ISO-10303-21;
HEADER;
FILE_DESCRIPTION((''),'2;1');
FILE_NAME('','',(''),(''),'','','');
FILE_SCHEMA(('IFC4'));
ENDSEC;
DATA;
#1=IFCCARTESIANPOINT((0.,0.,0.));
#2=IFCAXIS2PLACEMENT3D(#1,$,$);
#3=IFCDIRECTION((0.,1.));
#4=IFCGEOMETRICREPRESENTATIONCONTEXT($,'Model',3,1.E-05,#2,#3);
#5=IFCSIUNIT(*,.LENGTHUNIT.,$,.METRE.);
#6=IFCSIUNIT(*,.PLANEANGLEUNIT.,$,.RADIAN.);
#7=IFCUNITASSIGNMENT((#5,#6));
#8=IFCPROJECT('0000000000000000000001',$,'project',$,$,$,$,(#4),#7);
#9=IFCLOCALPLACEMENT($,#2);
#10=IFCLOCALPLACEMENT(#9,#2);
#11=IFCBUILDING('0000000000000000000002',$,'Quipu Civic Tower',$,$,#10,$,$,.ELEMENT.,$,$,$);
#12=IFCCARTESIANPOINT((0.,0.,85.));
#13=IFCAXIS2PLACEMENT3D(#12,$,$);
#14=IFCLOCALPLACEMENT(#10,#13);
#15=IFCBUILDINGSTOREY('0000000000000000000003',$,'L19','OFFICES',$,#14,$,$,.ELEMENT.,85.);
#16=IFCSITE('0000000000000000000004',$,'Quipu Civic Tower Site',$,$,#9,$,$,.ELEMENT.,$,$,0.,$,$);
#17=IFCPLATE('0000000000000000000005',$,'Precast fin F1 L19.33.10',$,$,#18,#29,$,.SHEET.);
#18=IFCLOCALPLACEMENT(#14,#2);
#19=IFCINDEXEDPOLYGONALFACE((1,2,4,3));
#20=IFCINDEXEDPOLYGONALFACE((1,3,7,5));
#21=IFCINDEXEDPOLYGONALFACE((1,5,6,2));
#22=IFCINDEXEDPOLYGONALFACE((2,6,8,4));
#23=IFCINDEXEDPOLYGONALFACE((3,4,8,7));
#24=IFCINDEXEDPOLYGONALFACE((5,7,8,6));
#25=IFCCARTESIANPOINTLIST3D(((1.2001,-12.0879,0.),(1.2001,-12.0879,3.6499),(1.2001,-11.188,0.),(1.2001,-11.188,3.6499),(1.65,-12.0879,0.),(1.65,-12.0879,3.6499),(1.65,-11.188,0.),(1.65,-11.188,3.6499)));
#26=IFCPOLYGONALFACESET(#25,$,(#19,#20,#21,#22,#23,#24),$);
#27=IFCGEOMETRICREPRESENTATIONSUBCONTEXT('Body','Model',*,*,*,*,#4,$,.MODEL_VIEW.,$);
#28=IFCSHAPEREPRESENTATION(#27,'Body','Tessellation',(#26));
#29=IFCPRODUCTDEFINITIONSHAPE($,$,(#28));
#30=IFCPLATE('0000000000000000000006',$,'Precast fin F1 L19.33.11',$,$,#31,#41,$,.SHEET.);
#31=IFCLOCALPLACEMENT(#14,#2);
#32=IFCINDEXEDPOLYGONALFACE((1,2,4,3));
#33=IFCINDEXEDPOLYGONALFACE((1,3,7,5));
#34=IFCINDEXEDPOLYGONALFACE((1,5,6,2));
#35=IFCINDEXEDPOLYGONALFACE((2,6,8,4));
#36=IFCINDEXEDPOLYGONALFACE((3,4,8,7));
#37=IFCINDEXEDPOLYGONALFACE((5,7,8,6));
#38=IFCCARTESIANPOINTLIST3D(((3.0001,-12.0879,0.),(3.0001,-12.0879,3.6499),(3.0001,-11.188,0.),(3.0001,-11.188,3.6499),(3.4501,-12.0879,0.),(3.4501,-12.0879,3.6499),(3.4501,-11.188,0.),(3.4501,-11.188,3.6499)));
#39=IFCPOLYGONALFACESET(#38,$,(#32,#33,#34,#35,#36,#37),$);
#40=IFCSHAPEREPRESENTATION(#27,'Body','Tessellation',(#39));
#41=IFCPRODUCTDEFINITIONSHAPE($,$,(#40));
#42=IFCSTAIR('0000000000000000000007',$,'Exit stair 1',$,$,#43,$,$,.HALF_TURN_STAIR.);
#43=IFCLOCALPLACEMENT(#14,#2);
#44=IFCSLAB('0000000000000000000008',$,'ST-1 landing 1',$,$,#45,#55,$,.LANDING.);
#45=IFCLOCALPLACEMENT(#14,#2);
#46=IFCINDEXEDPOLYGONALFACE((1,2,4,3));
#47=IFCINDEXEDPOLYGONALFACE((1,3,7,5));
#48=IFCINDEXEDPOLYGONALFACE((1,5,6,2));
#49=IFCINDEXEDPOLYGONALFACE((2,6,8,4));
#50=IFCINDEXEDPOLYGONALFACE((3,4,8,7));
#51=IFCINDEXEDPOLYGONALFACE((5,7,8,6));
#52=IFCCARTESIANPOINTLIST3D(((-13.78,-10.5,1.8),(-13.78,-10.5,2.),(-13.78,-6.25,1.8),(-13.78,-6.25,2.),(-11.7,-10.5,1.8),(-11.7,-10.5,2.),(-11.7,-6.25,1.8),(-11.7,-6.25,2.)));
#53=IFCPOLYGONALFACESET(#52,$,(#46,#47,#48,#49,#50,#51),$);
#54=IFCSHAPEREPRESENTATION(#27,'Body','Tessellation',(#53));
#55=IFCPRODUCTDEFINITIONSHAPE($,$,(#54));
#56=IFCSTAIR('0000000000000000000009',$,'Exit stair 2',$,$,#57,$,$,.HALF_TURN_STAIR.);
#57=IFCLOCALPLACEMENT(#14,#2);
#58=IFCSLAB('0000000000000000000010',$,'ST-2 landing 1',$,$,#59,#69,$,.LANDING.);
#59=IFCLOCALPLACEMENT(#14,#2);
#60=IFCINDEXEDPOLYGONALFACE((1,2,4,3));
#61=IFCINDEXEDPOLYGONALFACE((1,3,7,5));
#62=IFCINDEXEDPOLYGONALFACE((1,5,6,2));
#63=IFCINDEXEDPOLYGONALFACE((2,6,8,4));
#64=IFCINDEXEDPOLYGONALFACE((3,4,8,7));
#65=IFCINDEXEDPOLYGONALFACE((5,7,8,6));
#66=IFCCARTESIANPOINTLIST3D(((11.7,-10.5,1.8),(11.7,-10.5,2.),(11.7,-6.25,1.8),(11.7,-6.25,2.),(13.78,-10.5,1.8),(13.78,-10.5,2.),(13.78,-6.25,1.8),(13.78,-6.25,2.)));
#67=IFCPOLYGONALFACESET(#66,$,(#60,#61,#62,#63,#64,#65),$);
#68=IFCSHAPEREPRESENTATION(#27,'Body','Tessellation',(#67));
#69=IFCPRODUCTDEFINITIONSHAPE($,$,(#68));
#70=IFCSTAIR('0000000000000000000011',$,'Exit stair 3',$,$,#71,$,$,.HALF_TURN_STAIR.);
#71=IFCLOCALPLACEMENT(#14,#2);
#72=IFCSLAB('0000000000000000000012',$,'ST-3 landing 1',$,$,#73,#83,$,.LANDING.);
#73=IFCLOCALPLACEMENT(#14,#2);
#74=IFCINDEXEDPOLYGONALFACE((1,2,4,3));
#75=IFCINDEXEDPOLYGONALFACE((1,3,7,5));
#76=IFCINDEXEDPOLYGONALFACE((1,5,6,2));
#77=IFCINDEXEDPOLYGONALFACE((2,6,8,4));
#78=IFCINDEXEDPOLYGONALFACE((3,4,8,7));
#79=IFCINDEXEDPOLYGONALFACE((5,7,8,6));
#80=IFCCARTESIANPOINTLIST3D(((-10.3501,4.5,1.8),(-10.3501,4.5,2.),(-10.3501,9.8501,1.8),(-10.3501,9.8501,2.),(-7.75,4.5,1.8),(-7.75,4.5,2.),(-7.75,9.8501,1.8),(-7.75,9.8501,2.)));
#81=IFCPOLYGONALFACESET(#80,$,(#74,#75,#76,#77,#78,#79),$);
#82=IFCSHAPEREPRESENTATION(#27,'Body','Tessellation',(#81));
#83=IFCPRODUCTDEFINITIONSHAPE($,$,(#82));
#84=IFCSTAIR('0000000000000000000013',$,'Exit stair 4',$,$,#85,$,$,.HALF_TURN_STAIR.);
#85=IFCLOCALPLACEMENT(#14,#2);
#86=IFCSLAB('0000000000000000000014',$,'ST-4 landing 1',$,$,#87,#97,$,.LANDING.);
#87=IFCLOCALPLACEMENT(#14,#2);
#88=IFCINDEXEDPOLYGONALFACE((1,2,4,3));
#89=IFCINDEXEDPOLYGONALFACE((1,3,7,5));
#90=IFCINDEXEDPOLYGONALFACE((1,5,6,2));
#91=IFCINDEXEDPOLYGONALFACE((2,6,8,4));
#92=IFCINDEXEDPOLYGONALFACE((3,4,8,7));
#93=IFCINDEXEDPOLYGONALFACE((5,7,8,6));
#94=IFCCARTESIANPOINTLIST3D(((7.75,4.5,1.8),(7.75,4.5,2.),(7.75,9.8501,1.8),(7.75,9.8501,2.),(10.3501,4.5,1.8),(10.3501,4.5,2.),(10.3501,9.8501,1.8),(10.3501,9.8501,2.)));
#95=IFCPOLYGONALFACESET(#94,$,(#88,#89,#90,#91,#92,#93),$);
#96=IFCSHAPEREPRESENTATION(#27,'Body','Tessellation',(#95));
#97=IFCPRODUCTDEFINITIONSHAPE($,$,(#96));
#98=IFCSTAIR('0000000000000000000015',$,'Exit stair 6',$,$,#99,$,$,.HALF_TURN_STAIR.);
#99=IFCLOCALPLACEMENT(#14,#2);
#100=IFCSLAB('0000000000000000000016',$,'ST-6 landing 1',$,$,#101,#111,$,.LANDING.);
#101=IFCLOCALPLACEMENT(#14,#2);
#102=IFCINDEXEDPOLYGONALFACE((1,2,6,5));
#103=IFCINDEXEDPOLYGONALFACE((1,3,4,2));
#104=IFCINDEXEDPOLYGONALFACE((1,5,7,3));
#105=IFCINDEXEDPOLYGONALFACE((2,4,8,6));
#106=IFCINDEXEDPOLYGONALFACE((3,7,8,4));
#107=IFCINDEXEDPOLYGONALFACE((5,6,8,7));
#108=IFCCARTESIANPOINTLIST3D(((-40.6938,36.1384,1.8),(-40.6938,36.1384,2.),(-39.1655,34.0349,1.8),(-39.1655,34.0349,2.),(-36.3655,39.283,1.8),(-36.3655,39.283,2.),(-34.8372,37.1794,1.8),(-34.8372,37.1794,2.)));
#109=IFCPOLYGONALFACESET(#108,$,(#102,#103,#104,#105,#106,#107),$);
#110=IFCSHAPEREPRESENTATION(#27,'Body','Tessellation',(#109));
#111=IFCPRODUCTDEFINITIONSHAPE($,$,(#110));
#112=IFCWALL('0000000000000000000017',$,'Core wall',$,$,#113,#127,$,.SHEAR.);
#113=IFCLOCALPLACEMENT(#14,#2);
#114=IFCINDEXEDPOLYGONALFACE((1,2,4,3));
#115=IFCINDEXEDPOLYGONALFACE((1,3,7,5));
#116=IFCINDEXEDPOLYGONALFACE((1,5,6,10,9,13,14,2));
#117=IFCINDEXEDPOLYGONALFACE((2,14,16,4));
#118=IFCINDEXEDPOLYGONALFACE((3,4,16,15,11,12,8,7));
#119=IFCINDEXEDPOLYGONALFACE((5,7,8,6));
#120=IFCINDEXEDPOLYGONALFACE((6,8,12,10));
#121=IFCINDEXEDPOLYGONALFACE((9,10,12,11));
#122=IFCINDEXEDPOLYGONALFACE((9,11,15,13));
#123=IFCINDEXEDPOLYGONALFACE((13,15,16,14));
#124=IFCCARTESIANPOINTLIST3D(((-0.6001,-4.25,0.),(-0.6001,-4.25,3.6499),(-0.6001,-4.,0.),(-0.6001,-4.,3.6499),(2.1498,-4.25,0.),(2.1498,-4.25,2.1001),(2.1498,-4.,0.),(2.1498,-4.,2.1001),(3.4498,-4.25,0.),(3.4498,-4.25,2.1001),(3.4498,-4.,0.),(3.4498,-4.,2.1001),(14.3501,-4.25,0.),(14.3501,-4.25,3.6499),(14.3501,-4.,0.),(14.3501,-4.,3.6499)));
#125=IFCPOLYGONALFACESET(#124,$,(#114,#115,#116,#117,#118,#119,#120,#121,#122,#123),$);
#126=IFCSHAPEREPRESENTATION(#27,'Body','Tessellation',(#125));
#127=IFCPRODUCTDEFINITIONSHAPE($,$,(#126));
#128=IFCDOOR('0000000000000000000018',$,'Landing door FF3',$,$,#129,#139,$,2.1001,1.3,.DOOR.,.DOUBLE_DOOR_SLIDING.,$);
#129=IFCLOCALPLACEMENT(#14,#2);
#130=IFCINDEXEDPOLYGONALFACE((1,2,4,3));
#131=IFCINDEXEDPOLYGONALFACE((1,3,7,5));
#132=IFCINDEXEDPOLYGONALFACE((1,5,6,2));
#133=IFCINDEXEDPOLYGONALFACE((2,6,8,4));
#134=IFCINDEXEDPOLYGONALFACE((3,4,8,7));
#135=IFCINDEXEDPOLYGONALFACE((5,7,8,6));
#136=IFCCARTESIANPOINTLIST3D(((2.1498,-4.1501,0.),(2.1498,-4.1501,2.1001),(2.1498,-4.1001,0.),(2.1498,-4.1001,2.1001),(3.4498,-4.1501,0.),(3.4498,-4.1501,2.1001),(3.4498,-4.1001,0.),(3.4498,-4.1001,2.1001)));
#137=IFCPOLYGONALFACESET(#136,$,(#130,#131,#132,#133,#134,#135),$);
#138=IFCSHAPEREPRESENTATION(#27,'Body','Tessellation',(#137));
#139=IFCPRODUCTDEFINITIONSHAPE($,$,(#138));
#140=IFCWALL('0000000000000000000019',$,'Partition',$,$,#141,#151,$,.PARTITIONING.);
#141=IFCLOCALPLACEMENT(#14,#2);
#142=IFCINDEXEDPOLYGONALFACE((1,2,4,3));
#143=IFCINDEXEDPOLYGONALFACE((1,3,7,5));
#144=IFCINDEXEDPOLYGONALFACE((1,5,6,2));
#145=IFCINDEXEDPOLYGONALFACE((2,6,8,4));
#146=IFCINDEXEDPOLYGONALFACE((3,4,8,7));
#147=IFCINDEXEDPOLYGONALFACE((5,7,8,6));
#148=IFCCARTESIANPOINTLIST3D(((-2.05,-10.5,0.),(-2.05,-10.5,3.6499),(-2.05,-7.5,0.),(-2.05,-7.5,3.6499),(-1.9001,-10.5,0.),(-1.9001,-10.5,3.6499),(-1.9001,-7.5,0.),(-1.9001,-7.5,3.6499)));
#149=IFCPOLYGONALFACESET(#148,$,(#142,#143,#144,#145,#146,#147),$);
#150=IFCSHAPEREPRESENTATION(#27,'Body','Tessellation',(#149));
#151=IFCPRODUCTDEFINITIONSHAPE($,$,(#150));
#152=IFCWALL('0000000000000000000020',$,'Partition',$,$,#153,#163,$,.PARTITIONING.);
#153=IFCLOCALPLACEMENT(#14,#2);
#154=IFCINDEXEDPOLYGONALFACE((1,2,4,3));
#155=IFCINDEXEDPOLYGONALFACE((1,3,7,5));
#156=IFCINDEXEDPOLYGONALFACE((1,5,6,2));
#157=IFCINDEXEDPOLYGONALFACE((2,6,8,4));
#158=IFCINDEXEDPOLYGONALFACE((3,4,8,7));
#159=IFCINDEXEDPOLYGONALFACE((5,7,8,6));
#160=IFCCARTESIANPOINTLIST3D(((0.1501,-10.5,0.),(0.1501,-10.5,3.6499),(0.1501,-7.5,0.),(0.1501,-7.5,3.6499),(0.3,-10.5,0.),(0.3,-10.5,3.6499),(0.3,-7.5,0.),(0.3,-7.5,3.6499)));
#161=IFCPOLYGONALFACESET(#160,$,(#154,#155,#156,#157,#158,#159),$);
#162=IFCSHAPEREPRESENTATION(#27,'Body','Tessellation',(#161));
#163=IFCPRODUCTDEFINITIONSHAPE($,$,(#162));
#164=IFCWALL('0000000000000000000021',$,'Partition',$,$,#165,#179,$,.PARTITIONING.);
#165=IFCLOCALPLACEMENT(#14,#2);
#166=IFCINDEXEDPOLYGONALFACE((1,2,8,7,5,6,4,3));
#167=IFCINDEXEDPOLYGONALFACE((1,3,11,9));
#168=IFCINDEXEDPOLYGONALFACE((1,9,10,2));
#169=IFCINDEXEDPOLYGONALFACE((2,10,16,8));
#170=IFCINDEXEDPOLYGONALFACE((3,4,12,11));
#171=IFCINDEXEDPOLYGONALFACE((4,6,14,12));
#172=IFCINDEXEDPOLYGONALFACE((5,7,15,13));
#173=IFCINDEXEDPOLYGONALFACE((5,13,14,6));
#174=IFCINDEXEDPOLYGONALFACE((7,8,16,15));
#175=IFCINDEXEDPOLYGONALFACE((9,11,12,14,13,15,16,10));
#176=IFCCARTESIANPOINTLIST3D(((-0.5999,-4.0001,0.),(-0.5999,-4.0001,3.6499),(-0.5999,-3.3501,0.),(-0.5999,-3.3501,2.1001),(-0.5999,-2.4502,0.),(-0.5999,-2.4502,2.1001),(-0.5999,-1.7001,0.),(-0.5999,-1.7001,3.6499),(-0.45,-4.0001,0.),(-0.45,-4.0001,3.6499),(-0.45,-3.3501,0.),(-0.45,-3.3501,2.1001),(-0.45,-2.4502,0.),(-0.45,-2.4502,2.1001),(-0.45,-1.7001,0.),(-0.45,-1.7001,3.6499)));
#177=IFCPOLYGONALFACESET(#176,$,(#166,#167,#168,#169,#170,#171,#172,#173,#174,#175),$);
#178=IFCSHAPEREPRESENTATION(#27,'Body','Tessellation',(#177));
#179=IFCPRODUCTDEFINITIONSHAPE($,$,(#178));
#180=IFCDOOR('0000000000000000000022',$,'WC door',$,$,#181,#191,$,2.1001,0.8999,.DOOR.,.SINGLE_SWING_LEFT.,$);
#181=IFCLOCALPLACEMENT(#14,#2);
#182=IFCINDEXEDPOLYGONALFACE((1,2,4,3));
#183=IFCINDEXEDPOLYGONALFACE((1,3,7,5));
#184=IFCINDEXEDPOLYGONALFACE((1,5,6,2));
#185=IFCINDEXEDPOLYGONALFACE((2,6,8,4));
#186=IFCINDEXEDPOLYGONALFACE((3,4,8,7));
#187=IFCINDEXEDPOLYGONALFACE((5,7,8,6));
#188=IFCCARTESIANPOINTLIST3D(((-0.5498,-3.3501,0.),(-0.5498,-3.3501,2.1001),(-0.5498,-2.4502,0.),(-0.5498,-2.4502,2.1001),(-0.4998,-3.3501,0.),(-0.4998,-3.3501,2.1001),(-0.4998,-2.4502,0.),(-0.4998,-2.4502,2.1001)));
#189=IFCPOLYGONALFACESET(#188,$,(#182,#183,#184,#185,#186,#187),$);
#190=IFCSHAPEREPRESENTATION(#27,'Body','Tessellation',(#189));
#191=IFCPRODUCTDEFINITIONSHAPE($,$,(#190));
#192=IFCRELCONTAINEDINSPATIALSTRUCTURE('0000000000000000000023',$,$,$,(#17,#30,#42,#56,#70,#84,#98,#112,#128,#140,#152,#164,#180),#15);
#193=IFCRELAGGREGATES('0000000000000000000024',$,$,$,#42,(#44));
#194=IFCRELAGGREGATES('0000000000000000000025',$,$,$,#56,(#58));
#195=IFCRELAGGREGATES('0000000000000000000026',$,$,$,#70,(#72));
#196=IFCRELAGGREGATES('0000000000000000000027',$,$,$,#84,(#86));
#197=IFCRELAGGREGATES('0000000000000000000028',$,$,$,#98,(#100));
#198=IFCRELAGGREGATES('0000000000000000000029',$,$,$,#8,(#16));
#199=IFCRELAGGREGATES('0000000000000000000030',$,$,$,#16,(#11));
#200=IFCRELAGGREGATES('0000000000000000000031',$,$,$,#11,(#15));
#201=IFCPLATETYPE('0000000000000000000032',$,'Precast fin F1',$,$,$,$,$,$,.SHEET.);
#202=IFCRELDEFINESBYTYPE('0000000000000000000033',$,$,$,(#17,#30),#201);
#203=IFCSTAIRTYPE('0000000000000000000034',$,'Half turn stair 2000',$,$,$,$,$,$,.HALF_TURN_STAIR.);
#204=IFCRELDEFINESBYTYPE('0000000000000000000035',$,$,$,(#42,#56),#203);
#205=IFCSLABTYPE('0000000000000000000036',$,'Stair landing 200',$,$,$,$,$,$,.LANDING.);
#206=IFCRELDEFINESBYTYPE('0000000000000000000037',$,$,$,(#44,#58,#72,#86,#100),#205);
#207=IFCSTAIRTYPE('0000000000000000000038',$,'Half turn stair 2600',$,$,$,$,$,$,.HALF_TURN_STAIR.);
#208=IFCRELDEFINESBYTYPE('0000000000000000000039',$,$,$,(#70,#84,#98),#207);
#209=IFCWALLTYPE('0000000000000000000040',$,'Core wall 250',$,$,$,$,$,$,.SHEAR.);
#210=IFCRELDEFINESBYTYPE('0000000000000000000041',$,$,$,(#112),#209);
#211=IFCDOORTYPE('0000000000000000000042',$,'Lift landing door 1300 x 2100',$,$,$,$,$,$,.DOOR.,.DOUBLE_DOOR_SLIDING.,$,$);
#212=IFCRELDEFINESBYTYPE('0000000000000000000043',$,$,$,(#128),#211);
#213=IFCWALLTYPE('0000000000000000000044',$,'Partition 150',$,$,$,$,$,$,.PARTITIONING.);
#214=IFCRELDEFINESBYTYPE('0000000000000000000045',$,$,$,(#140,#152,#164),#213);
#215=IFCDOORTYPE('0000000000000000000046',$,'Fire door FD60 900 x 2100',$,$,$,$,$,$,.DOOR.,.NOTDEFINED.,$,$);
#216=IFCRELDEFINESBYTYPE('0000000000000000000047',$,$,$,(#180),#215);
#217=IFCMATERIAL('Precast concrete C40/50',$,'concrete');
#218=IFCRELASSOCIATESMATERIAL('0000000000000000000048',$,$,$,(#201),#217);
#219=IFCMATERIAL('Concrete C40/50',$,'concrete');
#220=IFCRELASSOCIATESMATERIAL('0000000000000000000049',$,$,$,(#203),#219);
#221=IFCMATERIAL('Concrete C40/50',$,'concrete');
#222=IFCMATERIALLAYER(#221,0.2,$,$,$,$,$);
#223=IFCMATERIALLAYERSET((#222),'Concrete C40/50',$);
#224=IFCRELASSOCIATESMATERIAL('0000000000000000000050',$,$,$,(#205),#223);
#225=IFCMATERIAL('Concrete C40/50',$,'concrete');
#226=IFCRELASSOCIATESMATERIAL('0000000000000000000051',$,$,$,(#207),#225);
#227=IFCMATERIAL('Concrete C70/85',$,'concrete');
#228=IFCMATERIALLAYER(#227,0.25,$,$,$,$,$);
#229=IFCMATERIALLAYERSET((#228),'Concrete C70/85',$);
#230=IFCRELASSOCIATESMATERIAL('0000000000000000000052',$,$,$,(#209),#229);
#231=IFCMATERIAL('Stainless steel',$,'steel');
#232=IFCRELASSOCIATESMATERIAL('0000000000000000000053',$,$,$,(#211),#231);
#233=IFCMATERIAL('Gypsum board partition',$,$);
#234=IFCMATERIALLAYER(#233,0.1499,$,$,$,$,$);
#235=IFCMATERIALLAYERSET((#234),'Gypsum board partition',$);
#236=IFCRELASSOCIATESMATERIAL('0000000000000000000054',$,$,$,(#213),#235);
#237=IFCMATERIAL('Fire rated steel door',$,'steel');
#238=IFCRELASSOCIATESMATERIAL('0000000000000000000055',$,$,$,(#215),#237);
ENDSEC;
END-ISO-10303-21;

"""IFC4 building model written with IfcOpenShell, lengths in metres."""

from ifc_helpers import new_model, si_unit, direction, frame, frame_2d, origin, origin_2d, place, context, subcontext, project, spatial, polyline, rectangle, outline, extrude, material, layer, layer_set, type_object, element, fill, aggregate, save


model = new_model("IFC4")

# Units and contexts
model_context = context("Model", 3, precision=1e-05, world=origin(), true_north=direction((0.0, 1.0)))
body_context = subcontext(model_context, "Body", "Model", "MODEL_VIEW")
ifc_project = project(units=[si_unit("LENGTHUNIT", "METRE"), si_unit("PLANEANGLEUNIT", "RADIAN")], contexts=[model_context])

# Site, building, storey
site_placement = place(None, origin())
site = spatial("IfcSite", under=ifc_project, at=site_placement, Name="Quipu Civic Tower Site", CompositionType="ELEMENT", RefElevation=0.0)
building_placement = place(site_placement, origin())
building = spatial("IfcBuilding", under=site, at=building_placement, Name="Quipu Civic Tower", CompositionType="ELEMENT")
storey_placement = place(building_placement, frame((0.0, 0.0, 85.0)))
storey = spatial("IfcBuildingStorey", under=building, at=storey_placement, Name="L19", Description="OFFICES", CompositionType="ELEMENT", Elevation=85.0)

# Plates
ifc_material_1 = material(Name="Precast concrete C40/50", Category="concrete")
plate_type = type_object("IfcPlateType", Name="Precast fin F1", PredefinedType="SHEET", material=ifc_material_1)
for number, where, z_axis, x_axis, name in (
    (1, (1.425, -11.6379, 0.0), (0.0, 0.0, 1.0), (1.0, 0.0, 0.0), "Precast fin F1 L19.33.10"),
    (2, (3.2251, -11.6379, 0.0), (0.0, 0.0, 1.0), (1.0, 0.0, 0.0), "Precast fin F1 L19.33.11"),
):
    element("IfcPlate", number, at=place(storey_placement, frame(where, z_axis=z_axis, x_axis=x_axis)), inside=storey, type_object=plate_type, Name=name, PredefinedType="SHEET", context=body_context, shape_type="SweptSolid", body=[
        extrude(rectangle(XDim=0.45, YDim=0.8999, at=origin_2d()), origin(), (0.0, 0.0, 1.0), 3.6499),
    ])

# Stairs, slabs
ifc_material_2 = material(Name="Concrete C40/50", Category="concrete")
stair_type_1 = type_object("IfcStairType", Name="Half turn stair 2000", PredefinedType="HALF_TURN_STAIR", material=ifc_material_2)
stair_1_placement = place(storey_placement, origin())
stair_1 = element("IfcStair", 3, at=stair_1_placement, inside=storey, type_object=stair_type_1, Name="Exit stair 1", PredefinedType="HALF_TURN_STAIR")
ifc_material_3 = material(Name="Concrete C40/50", Category="concrete")
ifc_layer_1 = layer(ifc_material_3, 0.2)
ifc_layer_set_1 = layer_set([ifc_layer_1], Name="Concrete C40/50")
slab_type_1 = type_object("IfcSlabType", Name="Stair landing 200", PredefinedType="LANDING", material=ifc_layer_set_1)
slab_1_placement = place(storey_placement, frame((0.0, 0.0, 1.8)))
slab_1 = element("IfcSlab", 4, at=slab_1_placement, type_object=slab_type_1, Name="ST-1 landing 1", PredefinedType="LANDING", context=body_context, shape_type="SweptSolid", body=[
    extrude(outline(polyline([(-13.78, -10.5), (-11.7, -10.5), (-11.7, -6.25), (-13.78, -6.25), (-13.78, -10.5)])), origin(), (0.0, 0.0, 1.0), 0.2),
])
aggregate(stair_1, [slab_1])
stair_2_placement = place(storey_placement, origin())
stair_2 = element("IfcStair", 5, at=stair_2_placement, inside=storey, type_object=stair_type_1, Name="Exit stair 2", PredefinedType="HALF_TURN_STAIR")
slab_2_placement = place(storey_placement, frame((0.0, 0.0, 1.8)))
slab_2 = element("IfcSlab", 6, at=slab_2_placement, type_object=slab_type_1, Name="ST-2 landing 1", PredefinedType="LANDING", context=body_context, shape_type="SweptSolid", body=[
    extrude(outline(polyline([(13.78, -6.25), (11.7, -6.25), (11.7, -10.5), (13.78, -10.5), (13.78, -6.25)])), origin(), (0.0, 0.0, 1.0), 0.2),
])
aggregate(stair_2, [slab_2])
ifc_material_4 = material(Name="Concrete C40/50", Category="concrete")
stair_type_2 = type_object("IfcStairType", Name="Half turn stair 2600", PredefinedType="HALF_TURN_STAIR", material=ifc_material_4)
stair_3_placement = place(storey_placement, origin())
stair_3 = element("IfcStair", 7, at=stair_3_placement, inside=storey, type_object=stair_type_2, Name="Exit stair 3", PredefinedType="HALF_TURN_STAIR")
slab_3_placement = place(storey_placement, frame((0.0, 0.0, 1.8)))
slab_3 = element("IfcSlab", 8, at=slab_3_placement, type_object=slab_type_1, Name="ST-3 landing 1", PredefinedType="LANDING", context=body_context, shape_type="SweptSolid", body=[
    extrude(outline(polyline([(-10.3501, 4.5), (-7.75, 4.5), (-7.75, 9.8501), (-10.3501, 9.8501), (-10.3501, 4.5)])), origin(), (0.0, 0.0, 1.0), 0.2),
])
aggregate(stair_3, [slab_3])
stair_4_placement = place(storey_placement, origin())
stair_4 = element("IfcStair", 9, at=stair_4_placement, inside=storey, type_object=stair_type_2, Name="Exit stair 4", PredefinedType="HALF_TURN_STAIR")
slab_4_placement = place(storey_placement, frame((0.0, 0.0, 1.8)))
slab_4 = element("IfcSlab", 10, at=slab_4_placement, type_object=slab_type_1, Name="ST-4 landing 1", PredefinedType="LANDING", context=body_context, shape_type="SweptSolid", body=[
    extrude(outline(polyline([(10.3501, 9.8501), (7.75, 9.8501), (7.75, 4.5), (10.3501, 4.5), (10.3501, 9.8501)])), origin(), (0.0, 0.0, 1.0), 0.2),
])
aggregate(stair_4, [slab_4])
stair_5_placement = place(storey_placement, origin())
stair_5 = element("IfcStair", 11, at=stair_5_placement, inside=storey, type_object=stair_type_2, Name="Exit stair 6", PredefinedType="HALF_TURN_STAIR")
slab_5_placement = place(storey_placement, frame((0.0, 0.0, 1.8)))
slab_5 = element("IfcSlab", 12, at=slab_5_placement, type_object=slab_type_1, Name="ST-6 landing 1", PredefinedType="LANDING", context=body_context, shape_type="SweptSolid", body=[
    extrude(outline(polyline([(-34.8372, 37.1794), (-36.3655, 39.283), (-40.6938, 36.1384), (-39.1655, 34.0349), (-34.8372, 37.1794)])), origin(), (0.0, 0.0, 1.0), 0.2),
])
aggregate(stair_5, [slab_5])

# Wall, opening, door
ifc_material_5 = material(Name="Concrete C70/85", Category="concrete")
ifc_layer_2 = layer(ifc_material_5, 0.25)
ifc_layer_set_2 = layer_set([ifc_layer_2], Name="Concrete C70/85")
wall_type_1 = type_object("IfcWallType", Name="Core wall 250", PredefinedType="SHEAR", material=ifc_layer_set_2)
wall_1_placement = place(storey_placement, frame((-0.6001, -4.125, 0.0), z_axis=(0.0, 0.0, 1.0), x_axis=(1.0, 0.0, 0.0)))
wall_1 = element("IfcWall", 13, at=wall_1_placement, inside=storey, type_object=wall_type_1, Name="Core wall", PredefinedType="SHEAR", context=body_context, shape_type="SweptSolid", body=[
    extrude(rectangle(XDim=14.9502, YDim=0.25, at=frame_2d((7.4751, 0.0))), origin(), (0.0, 0.0, 1.0), 3.6499),
])
opening_1_placement = place(wall_1_placement, frame((2.75, 0.0, 0.0)))
opening_1 = element("IfcOpeningElement", 14, at=opening_1_placement, cuts=wall_1, PredefinedType="OPENING", context=body_context, shape_type="SweptSolid", body=[
    extrude(rectangle(XDim=1.3, YDim=2.1001, at=frame_2d((0.6499, 1.05))), frame((0.0, 0.135, 0.0), z_axis=(0.0, -1.0, 0.0), x_axis=(1.0, 0.0, 0.0)), (0.0, 0.0, 1.0), 0.27),
])
ifc_material_6 = material(Name="Stainless steel", Category="steel")
door_type_1 = type_object("IfcDoorType", Name="Lift landing door 1300 x 2100", OperationType="DOUBLE_DOOR_SLIDING", PredefinedType="DOOR", material=ifc_material_6)
door_1_placement = place(opening_1_placement, origin())
door_1 = element("IfcDoor", 15, at=door_1_placement, inside=storey, type_object=door_type_1, Name="Landing door FF3", OperationType="DOUBLE_DOOR_SLIDING", OverallHeight=2.1001, OverallWidth=1.3, PredefinedType="DOOR", context=body_context, shape_type="SweptSolid", body=[
    extrude(rectangle(XDim=1.3, YDim=2.1001, at=frame_2d((0.6499, 1.05))), frame((0.0, 0.0249, 0.0), z_axis=(0.0, -1.0, 0.0), x_axis=(1.0, 0.0, 0.0)), (0.0, 0.0, 1.0), 0.05),
])
fill(opening_1, door_1)

# Walls
ifc_material_7 = material(Name="Gypsum board partition")
ifc_layer_3 = layer(ifc_material_7, 0.1499)
ifc_layer_set_3 = layer_set([ifc_layer_3], Name="Gypsum board partition")
wall_type_2 = type_object("IfcWallType", Name="Partition 150", PredefinedType="PARTITIONING", material=ifc_layer_set_3)
for number, where, z_axis, x_axis, name in (
    (16, (-1.9751, -10.5, 0.0), (0.0, 0.0, 1.0), (0.0, 1.0, 0.0), "Partition"),
    (17, (0.2251, -10.5, 0.0), (0.0, 0.0, 1.0), (0.0, 1.0, 0.0), "Partition"),
):
    element("IfcWall", number, at=place(storey_placement, frame(where, z_axis=z_axis, x_axis=x_axis)), inside=storey, type_object=wall_type_2, Name=name, PredefinedType="PARTITIONING", context=body_context, shape_type="SweptSolid", body=[
        extrude(rectangle(XDim=3.0, YDim=0.1499, at=frame_2d((1.5, 0.0))), origin(), (0.0, 0.0, 1.0), 3.6499),
    ])

# Wall, opening, door
wall_2_placement = place(storey_placement, frame((-0.5249, -4.0, 0.0), z_axis=(0.0, 0.0, 1.0), x_axis=(0.0, 1.0, 0.0)))
wall_2 = element("IfcWall", 18, at=wall_2_placement, inside=storey, type_object=wall_type_2, Name="Partition", PredefinedType="PARTITIONING", context=body_context, shape_type="SweptSolid", body=[
    extrude(rectangle(XDim=2.3, YDim=0.1499, at=frame_2d((1.1499, 0.0))), origin(), (0.0, 0.0, 1.0), 3.6499),
])
opening_2_placement = place(wall_2_placement, frame((0.6499, 0.0, 0.0)))
opening_2 = element("IfcOpeningElement", 19, at=opening_2_placement, cuts=wall_2, PredefinedType="OPENING", context=body_context, shape_type="SweptSolid", body=[
    extrude(rectangle(XDim=0.8999, YDim=2.1001, at=frame_2d((0.45, 1.05))), frame((0.0, 0.085, 0.0), z_axis=(0.0, -1.0, 0.0), x_axis=(1.0, 0.0, 0.0)), (0.0, 0.0, 1.0), 0.1699),
])
ifc_material_8 = material(Name="Fire rated steel door", Category="steel")
door_type_2 = type_object("IfcDoorType", Name="Fire door FD60 900 x 2100", OperationType="NOTDEFINED", PredefinedType="DOOR", material=ifc_material_8)
door_2_placement = place(opening_2_placement, origin())
door_2 = element("IfcDoor", 20, at=door_2_placement, inside=storey, type_object=door_type_2, Name="WC door", OperationType="SINGLE_SWING_LEFT", OverallHeight=2.1001, OverallWidth=0.8999, PredefinedType="DOOR", context=body_context, shape_type="SweptSolid", body=[
    extrude(rectangle(XDim=0.8999, YDim=2.1001, at=frame_2d((0.45, 1.05))), frame((0.0, 0.0249, 0.0), z_axis=(0.0, -1.0, 0.0), x_axis=(1.0, 0.0, 0.0)), (0.0, 0.0, 1.0), 0.05),
])
fill(opening_2, door_2)

save(model, "model.ifc")
